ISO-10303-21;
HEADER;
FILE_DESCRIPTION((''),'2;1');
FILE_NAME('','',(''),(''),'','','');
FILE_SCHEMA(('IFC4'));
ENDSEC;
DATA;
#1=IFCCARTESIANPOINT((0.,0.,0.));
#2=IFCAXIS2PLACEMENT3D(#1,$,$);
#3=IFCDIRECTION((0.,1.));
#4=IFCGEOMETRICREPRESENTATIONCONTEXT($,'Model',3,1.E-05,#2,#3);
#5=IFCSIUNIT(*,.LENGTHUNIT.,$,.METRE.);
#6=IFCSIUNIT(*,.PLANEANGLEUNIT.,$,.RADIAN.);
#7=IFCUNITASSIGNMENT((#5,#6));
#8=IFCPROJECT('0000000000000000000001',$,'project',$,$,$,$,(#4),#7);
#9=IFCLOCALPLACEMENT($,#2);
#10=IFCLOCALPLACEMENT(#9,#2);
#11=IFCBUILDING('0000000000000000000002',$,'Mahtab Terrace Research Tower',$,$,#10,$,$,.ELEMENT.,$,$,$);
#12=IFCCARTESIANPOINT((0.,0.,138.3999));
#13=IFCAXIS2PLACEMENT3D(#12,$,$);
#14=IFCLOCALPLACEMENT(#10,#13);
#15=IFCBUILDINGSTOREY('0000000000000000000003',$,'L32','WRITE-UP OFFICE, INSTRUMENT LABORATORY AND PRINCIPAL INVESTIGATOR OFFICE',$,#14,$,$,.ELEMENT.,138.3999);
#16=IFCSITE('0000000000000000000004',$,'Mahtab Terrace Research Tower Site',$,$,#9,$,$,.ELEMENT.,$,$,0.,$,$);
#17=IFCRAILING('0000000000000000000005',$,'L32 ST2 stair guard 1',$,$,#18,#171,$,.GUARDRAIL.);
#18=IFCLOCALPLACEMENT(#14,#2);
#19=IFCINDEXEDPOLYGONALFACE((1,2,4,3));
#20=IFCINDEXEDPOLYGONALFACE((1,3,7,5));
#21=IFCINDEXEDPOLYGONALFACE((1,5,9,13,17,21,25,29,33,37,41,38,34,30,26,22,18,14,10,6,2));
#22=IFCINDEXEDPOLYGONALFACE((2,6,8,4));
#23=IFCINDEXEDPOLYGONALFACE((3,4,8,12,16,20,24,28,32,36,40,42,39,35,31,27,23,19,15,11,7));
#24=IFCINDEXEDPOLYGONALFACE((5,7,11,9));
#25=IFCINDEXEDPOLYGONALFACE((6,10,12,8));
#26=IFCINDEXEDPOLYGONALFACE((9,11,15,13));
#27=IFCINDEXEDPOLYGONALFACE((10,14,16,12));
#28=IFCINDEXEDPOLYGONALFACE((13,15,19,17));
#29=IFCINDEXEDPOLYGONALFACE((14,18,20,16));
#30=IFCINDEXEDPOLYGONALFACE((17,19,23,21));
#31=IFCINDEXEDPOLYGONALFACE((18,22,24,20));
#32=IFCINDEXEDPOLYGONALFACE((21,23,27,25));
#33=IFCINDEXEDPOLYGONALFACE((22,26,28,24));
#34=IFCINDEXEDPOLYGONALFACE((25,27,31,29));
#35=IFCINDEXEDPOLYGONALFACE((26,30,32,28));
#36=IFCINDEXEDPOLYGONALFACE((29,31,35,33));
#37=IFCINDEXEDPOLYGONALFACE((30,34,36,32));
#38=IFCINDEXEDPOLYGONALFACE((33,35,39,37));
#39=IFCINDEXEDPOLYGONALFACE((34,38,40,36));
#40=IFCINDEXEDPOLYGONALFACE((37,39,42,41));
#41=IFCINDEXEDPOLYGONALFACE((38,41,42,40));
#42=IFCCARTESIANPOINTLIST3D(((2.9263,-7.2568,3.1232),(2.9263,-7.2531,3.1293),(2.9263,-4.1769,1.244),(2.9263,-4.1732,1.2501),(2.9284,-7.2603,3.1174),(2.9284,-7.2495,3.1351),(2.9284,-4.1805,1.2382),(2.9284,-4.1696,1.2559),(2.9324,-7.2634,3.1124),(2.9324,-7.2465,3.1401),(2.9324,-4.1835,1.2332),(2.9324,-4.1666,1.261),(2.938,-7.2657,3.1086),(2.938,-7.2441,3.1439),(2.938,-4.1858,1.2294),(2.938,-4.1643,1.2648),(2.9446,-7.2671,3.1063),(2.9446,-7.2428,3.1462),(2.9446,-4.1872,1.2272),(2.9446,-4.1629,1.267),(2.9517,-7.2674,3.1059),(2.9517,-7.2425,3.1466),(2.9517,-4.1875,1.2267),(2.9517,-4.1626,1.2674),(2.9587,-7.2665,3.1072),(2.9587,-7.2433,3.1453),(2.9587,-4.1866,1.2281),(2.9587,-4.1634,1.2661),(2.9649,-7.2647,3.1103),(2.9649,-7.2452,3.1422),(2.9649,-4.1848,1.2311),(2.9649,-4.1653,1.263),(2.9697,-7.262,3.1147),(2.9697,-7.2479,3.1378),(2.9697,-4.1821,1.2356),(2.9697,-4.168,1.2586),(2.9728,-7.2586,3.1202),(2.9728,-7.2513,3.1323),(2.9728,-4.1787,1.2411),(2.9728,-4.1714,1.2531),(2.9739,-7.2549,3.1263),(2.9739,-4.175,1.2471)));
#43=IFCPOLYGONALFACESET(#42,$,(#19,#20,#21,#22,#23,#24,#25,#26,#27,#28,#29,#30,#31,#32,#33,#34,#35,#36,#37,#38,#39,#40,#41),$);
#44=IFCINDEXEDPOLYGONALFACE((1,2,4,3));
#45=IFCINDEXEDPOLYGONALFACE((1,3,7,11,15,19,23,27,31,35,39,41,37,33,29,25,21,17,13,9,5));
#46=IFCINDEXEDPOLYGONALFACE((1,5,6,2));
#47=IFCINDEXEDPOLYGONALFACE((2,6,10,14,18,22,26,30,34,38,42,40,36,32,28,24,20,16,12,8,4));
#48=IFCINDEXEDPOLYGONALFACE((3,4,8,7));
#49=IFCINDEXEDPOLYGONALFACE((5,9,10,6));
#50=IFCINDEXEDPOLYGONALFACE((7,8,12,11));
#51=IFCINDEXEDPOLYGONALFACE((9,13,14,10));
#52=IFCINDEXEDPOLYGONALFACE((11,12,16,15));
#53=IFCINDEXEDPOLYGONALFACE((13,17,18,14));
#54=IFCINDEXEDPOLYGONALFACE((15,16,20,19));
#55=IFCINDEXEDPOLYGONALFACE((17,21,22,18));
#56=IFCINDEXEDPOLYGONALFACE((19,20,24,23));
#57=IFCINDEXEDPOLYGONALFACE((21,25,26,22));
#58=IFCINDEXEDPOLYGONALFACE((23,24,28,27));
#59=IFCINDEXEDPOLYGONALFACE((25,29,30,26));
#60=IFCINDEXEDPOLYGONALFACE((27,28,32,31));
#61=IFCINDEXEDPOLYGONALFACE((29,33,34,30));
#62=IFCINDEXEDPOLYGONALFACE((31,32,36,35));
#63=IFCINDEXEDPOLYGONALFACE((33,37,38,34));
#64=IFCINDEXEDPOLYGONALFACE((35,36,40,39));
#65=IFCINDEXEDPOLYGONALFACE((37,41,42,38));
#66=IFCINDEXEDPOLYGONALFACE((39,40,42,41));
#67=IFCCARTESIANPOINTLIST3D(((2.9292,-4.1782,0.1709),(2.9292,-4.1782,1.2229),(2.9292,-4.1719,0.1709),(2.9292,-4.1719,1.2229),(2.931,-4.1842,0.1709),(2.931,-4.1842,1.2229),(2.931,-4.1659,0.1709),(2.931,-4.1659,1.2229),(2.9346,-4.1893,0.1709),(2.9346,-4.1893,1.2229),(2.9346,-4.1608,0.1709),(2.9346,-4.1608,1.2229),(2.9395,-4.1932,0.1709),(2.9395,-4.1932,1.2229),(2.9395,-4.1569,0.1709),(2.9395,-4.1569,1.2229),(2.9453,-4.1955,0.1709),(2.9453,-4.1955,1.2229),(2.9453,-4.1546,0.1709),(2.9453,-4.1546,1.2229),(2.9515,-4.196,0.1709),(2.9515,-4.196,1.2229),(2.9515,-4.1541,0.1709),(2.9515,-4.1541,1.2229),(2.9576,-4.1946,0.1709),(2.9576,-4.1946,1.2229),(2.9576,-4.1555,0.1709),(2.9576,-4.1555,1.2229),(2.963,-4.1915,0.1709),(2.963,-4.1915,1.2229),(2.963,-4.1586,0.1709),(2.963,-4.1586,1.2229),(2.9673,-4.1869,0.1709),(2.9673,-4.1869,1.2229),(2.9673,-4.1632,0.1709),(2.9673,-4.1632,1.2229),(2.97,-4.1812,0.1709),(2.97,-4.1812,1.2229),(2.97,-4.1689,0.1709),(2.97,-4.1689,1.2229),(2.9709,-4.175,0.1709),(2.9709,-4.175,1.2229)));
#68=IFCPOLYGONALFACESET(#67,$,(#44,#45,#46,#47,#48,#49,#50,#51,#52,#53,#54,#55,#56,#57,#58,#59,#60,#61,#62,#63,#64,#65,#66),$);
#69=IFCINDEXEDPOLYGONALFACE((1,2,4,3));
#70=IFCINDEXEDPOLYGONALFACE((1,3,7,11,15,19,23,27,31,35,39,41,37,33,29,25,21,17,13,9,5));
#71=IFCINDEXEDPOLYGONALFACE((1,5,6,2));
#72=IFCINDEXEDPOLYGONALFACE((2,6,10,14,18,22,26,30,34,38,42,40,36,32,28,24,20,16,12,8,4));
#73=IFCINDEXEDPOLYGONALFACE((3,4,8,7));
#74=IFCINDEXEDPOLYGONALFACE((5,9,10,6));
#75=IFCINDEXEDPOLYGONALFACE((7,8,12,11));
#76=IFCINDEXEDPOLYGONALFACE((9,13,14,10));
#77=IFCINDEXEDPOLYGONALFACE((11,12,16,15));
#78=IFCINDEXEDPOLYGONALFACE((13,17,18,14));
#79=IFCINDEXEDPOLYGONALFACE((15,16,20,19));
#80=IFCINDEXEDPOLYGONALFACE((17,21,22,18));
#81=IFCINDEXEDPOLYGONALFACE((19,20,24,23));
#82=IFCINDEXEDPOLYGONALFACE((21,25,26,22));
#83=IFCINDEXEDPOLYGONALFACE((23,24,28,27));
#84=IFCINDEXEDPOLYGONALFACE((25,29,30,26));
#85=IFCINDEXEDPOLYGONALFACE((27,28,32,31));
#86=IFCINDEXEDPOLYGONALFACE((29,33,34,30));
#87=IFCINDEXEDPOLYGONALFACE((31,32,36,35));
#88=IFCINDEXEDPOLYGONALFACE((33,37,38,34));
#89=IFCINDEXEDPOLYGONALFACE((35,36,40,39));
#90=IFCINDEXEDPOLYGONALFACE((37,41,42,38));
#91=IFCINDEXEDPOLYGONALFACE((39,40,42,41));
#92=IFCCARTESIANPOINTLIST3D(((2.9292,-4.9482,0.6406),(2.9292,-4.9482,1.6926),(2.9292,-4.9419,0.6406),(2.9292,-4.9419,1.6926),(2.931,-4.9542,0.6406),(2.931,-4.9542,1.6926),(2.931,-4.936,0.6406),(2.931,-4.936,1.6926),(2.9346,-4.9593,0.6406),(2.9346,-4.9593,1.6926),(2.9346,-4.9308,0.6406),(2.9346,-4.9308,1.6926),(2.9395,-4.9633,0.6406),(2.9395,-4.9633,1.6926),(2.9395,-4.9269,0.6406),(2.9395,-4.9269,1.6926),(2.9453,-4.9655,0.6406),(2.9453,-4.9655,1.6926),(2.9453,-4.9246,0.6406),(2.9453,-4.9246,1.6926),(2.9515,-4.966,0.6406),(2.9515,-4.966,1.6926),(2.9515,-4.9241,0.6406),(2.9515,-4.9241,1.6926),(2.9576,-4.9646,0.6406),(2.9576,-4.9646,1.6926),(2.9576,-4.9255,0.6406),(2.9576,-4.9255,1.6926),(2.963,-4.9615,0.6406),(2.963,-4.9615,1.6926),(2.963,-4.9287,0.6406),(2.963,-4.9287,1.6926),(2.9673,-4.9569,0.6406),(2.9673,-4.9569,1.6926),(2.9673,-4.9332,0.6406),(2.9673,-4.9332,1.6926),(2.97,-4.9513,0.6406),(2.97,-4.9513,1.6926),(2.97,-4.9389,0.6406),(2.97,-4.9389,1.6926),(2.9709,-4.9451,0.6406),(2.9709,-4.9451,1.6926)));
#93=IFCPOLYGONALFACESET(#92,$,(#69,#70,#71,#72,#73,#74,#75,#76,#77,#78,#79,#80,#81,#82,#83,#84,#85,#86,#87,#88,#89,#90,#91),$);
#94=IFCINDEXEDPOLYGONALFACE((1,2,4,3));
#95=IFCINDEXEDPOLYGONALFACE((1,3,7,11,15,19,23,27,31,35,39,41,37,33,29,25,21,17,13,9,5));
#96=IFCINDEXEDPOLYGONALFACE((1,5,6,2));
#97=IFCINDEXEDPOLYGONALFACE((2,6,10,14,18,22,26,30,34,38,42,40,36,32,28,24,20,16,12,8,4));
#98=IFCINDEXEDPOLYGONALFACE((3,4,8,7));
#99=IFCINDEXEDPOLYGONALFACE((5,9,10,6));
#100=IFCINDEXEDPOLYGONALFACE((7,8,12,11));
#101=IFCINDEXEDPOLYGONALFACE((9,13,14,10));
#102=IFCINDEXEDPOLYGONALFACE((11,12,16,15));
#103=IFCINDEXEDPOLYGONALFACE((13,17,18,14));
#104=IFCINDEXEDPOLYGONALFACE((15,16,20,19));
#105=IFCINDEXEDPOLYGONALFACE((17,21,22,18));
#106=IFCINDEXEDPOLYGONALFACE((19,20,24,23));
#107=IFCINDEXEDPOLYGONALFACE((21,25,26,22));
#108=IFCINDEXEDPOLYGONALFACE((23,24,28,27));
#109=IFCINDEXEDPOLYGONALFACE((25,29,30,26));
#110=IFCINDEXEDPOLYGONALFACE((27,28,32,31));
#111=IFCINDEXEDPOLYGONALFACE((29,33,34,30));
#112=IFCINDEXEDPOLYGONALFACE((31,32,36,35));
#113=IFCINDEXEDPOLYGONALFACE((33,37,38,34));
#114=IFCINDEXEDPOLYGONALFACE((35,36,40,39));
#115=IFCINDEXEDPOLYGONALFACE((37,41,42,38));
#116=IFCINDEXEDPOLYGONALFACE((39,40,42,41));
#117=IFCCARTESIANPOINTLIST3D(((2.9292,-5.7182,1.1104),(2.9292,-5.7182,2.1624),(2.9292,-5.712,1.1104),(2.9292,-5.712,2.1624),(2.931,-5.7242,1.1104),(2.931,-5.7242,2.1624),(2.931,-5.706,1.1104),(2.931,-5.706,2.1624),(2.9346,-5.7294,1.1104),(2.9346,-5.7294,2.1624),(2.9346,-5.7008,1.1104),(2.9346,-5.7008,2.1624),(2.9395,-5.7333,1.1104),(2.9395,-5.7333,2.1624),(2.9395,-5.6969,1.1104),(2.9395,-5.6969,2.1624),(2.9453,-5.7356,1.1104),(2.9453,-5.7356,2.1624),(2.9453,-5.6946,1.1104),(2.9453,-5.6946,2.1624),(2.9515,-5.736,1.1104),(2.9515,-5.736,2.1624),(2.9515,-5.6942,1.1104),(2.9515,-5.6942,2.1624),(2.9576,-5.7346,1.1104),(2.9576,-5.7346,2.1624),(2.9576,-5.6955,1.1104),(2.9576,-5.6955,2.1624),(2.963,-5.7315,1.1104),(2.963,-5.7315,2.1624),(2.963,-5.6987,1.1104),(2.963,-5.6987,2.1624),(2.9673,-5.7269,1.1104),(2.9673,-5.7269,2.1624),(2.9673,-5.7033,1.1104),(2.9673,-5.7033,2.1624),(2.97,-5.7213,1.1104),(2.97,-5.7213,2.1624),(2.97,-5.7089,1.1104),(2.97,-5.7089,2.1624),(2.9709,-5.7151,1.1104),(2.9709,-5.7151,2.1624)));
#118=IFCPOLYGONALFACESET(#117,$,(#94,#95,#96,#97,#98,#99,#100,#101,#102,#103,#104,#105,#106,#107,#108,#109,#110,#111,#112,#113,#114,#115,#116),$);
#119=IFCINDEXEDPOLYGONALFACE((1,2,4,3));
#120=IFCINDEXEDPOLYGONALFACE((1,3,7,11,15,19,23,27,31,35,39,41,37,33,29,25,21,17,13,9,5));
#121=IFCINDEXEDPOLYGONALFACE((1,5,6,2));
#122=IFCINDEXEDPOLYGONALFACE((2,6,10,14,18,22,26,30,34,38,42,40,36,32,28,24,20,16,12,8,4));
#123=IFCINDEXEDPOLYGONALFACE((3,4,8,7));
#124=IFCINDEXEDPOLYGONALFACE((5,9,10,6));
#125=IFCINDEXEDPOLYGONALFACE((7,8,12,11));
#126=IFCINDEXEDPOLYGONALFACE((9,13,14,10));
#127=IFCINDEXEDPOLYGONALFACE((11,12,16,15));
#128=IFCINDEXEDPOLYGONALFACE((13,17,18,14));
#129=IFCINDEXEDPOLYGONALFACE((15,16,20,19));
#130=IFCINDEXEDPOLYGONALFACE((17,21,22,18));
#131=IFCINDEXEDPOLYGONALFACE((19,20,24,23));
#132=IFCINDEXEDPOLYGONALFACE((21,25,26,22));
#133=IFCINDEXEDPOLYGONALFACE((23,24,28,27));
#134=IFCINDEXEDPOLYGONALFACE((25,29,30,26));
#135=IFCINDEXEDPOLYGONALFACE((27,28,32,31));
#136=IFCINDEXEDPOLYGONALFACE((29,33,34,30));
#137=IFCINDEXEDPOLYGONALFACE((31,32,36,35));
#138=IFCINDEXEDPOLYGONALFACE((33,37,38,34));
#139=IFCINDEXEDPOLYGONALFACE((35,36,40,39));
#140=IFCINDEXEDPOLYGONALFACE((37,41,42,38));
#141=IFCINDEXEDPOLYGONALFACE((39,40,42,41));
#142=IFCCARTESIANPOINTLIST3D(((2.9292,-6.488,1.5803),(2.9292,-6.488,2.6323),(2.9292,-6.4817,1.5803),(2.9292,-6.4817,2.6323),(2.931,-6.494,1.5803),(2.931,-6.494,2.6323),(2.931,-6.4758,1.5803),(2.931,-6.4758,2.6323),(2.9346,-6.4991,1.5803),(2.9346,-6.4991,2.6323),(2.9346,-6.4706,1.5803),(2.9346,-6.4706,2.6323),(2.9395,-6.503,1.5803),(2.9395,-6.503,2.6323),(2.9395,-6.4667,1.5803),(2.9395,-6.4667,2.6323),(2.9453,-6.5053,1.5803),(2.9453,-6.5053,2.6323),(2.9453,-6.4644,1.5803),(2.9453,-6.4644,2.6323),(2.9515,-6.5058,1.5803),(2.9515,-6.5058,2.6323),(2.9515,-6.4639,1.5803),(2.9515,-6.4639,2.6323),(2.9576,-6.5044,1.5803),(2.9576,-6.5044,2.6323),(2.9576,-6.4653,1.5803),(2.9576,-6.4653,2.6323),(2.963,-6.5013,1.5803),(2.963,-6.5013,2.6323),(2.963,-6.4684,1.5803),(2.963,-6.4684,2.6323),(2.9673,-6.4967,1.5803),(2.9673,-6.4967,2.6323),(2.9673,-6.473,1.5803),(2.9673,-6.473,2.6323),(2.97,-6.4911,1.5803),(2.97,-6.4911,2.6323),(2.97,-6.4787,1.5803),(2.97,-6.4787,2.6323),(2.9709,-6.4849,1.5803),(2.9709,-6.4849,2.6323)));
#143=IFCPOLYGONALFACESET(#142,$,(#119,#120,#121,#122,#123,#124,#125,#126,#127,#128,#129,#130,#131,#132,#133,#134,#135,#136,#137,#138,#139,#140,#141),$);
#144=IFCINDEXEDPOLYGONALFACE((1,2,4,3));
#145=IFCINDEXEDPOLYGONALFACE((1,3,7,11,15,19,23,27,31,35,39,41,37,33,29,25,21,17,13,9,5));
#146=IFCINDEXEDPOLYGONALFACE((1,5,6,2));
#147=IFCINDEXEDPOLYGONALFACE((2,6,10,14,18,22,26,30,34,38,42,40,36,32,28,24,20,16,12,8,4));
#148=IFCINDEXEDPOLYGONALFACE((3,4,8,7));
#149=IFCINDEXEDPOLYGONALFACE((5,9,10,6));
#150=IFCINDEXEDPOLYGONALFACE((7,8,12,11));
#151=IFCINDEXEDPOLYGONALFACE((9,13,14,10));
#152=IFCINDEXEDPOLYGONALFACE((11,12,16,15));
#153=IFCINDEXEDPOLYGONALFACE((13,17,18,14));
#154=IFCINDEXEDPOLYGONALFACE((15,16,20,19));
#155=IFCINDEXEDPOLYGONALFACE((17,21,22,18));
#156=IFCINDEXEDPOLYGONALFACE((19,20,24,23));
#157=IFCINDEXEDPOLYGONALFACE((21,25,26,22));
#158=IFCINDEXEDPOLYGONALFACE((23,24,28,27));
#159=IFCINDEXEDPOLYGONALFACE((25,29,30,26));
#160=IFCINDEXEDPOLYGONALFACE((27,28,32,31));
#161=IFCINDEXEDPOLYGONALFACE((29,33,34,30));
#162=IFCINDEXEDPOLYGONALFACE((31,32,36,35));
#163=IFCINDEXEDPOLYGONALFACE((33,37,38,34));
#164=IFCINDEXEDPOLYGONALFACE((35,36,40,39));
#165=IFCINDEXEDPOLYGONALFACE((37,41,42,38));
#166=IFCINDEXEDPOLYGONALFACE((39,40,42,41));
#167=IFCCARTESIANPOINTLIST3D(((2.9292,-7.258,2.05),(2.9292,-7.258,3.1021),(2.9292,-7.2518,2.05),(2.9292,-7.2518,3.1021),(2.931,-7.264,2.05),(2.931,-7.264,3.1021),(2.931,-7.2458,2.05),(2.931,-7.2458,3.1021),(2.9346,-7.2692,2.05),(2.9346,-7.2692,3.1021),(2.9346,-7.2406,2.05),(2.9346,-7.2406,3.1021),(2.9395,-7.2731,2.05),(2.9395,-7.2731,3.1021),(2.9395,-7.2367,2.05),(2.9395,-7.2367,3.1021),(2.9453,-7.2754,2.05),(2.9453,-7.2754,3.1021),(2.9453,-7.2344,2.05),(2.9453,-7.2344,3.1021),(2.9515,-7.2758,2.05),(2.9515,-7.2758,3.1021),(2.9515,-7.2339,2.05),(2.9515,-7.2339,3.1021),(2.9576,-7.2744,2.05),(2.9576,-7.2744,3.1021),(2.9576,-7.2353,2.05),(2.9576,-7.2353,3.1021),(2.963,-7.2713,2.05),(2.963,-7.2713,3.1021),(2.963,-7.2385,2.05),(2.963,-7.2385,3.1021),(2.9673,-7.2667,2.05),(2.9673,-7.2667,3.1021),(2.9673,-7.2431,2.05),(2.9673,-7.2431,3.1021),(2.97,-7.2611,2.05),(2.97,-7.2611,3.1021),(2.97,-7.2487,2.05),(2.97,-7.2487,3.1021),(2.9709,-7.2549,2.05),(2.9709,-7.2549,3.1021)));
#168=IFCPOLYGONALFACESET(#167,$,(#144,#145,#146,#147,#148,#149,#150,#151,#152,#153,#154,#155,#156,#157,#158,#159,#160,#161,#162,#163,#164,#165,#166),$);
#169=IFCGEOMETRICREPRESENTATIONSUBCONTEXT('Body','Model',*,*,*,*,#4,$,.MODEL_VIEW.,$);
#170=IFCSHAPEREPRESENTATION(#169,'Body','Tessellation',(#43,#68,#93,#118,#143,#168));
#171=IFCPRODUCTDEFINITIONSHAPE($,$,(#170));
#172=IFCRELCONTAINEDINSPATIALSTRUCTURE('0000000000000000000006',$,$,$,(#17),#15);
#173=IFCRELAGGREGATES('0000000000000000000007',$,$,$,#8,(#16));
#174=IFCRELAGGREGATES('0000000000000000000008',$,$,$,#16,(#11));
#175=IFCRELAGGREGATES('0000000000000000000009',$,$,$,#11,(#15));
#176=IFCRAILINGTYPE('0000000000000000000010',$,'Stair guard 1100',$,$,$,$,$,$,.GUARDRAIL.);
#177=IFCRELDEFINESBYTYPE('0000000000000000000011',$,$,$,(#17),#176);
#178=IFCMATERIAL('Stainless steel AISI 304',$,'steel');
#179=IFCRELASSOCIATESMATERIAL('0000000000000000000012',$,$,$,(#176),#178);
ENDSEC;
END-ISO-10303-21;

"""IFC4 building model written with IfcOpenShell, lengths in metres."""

from ifc_helpers import new_model, si_unit, direction, frame, origin, origin_2d, place, context, subcontext, project, spatial, circle, extrude, material, type_object, element, save


model = new_model("IFC4")

# Units and contexts
model_context = context("Model", 3, precision=1e-05, world=origin(), true_north=direction((0.0, 1.0)))
body_context = subcontext(model_context, "Body", "Model", "MODEL_VIEW")
ifc_project = project(units=[si_unit("LENGTHUNIT", "METRE"), si_unit("PLANEANGLEUNIT", "RADIAN")], contexts=[model_context])

# Site, building, storey
site_placement = place(None, origin())
site = spatial("IfcSite", under=ifc_project, at=site_placement, Name="Mahtab Terrace Research Tower Site", CompositionType="ELEMENT", RefElevation=0.0)
building_placement = place(site_placement, origin())
building = spatial("IfcBuilding", under=site, at=building_placement, Name="Mahtab Terrace Research Tower", CompositionType="ELEMENT")
storey_placement = place(building_placement, frame((0.0, 0.0, 138.3999)))
storey = spatial("IfcBuildingStorey", under=building, at=storey_placement, Name="L32", Description="WRITE-UP OFFICE, INSTRUMENT LABORATORY AND PRINCIPAL INVESTIGATOR OFFICE", CompositionType="ELEMENT", Elevation=138.3999)

# Railing
ifc_material_1 = material(Name="Stainless steel AISI 304", Category="steel")
railing_type_1 = type_object("IfcRailingType", Name="Stair guard 1100", PredefinedType="GUARDRAIL", material=ifc_material_1)
railing_1_placement = place(storey_placement, frame((2.95, -4.175, 0.1709)))
element("IfcRailing", 1, at=railing_1_placement, inside=storey, type_object=railing_type_1, Name="L32 ST2 stair guard 1", PredefinedType="GUARDRAIL", context=body_context, shape_type="SweptSolid", body=[
    extrude(circle(Radius=0.0239, at=origin_2d()), frame((0.0, 0.0, 1.0762), z_axis=(0.0, -0.853648, 0.52085), x_axis=(1.0, 0.0, 0.0)), (0.0, 0.0, 1.0), 3.6079),
    extrude(circle(Radius=0.021, at=origin_2d()), origin(), (0.0, 0.0, 1.0), 1.052),
    extrude(circle(Radius=0.021, at=origin_2d()), frame((0.0, -0.77, 0.4697)), (0.0, 0.0, 1.0), 1.052),
    extrude(circle(Radius=0.021, at=origin_2d()), frame((0.0, -1.54, 0.9395)), (0.0, 0.0, 1.0), 1.052),
    extrude(circle(Radius=0.021, at=origin_2d()), frame((0.0, -2.3098, 1.4094)), (0.0, 0.0, 1.0), 1.052),
    extrude(circle(Radius=0.021, at=origin_2d()), frame((0.0, -3.0798, 1.8792)), (0.0, 0.0, 1.0), 1.052),
])

save(model, "model.ifc")
